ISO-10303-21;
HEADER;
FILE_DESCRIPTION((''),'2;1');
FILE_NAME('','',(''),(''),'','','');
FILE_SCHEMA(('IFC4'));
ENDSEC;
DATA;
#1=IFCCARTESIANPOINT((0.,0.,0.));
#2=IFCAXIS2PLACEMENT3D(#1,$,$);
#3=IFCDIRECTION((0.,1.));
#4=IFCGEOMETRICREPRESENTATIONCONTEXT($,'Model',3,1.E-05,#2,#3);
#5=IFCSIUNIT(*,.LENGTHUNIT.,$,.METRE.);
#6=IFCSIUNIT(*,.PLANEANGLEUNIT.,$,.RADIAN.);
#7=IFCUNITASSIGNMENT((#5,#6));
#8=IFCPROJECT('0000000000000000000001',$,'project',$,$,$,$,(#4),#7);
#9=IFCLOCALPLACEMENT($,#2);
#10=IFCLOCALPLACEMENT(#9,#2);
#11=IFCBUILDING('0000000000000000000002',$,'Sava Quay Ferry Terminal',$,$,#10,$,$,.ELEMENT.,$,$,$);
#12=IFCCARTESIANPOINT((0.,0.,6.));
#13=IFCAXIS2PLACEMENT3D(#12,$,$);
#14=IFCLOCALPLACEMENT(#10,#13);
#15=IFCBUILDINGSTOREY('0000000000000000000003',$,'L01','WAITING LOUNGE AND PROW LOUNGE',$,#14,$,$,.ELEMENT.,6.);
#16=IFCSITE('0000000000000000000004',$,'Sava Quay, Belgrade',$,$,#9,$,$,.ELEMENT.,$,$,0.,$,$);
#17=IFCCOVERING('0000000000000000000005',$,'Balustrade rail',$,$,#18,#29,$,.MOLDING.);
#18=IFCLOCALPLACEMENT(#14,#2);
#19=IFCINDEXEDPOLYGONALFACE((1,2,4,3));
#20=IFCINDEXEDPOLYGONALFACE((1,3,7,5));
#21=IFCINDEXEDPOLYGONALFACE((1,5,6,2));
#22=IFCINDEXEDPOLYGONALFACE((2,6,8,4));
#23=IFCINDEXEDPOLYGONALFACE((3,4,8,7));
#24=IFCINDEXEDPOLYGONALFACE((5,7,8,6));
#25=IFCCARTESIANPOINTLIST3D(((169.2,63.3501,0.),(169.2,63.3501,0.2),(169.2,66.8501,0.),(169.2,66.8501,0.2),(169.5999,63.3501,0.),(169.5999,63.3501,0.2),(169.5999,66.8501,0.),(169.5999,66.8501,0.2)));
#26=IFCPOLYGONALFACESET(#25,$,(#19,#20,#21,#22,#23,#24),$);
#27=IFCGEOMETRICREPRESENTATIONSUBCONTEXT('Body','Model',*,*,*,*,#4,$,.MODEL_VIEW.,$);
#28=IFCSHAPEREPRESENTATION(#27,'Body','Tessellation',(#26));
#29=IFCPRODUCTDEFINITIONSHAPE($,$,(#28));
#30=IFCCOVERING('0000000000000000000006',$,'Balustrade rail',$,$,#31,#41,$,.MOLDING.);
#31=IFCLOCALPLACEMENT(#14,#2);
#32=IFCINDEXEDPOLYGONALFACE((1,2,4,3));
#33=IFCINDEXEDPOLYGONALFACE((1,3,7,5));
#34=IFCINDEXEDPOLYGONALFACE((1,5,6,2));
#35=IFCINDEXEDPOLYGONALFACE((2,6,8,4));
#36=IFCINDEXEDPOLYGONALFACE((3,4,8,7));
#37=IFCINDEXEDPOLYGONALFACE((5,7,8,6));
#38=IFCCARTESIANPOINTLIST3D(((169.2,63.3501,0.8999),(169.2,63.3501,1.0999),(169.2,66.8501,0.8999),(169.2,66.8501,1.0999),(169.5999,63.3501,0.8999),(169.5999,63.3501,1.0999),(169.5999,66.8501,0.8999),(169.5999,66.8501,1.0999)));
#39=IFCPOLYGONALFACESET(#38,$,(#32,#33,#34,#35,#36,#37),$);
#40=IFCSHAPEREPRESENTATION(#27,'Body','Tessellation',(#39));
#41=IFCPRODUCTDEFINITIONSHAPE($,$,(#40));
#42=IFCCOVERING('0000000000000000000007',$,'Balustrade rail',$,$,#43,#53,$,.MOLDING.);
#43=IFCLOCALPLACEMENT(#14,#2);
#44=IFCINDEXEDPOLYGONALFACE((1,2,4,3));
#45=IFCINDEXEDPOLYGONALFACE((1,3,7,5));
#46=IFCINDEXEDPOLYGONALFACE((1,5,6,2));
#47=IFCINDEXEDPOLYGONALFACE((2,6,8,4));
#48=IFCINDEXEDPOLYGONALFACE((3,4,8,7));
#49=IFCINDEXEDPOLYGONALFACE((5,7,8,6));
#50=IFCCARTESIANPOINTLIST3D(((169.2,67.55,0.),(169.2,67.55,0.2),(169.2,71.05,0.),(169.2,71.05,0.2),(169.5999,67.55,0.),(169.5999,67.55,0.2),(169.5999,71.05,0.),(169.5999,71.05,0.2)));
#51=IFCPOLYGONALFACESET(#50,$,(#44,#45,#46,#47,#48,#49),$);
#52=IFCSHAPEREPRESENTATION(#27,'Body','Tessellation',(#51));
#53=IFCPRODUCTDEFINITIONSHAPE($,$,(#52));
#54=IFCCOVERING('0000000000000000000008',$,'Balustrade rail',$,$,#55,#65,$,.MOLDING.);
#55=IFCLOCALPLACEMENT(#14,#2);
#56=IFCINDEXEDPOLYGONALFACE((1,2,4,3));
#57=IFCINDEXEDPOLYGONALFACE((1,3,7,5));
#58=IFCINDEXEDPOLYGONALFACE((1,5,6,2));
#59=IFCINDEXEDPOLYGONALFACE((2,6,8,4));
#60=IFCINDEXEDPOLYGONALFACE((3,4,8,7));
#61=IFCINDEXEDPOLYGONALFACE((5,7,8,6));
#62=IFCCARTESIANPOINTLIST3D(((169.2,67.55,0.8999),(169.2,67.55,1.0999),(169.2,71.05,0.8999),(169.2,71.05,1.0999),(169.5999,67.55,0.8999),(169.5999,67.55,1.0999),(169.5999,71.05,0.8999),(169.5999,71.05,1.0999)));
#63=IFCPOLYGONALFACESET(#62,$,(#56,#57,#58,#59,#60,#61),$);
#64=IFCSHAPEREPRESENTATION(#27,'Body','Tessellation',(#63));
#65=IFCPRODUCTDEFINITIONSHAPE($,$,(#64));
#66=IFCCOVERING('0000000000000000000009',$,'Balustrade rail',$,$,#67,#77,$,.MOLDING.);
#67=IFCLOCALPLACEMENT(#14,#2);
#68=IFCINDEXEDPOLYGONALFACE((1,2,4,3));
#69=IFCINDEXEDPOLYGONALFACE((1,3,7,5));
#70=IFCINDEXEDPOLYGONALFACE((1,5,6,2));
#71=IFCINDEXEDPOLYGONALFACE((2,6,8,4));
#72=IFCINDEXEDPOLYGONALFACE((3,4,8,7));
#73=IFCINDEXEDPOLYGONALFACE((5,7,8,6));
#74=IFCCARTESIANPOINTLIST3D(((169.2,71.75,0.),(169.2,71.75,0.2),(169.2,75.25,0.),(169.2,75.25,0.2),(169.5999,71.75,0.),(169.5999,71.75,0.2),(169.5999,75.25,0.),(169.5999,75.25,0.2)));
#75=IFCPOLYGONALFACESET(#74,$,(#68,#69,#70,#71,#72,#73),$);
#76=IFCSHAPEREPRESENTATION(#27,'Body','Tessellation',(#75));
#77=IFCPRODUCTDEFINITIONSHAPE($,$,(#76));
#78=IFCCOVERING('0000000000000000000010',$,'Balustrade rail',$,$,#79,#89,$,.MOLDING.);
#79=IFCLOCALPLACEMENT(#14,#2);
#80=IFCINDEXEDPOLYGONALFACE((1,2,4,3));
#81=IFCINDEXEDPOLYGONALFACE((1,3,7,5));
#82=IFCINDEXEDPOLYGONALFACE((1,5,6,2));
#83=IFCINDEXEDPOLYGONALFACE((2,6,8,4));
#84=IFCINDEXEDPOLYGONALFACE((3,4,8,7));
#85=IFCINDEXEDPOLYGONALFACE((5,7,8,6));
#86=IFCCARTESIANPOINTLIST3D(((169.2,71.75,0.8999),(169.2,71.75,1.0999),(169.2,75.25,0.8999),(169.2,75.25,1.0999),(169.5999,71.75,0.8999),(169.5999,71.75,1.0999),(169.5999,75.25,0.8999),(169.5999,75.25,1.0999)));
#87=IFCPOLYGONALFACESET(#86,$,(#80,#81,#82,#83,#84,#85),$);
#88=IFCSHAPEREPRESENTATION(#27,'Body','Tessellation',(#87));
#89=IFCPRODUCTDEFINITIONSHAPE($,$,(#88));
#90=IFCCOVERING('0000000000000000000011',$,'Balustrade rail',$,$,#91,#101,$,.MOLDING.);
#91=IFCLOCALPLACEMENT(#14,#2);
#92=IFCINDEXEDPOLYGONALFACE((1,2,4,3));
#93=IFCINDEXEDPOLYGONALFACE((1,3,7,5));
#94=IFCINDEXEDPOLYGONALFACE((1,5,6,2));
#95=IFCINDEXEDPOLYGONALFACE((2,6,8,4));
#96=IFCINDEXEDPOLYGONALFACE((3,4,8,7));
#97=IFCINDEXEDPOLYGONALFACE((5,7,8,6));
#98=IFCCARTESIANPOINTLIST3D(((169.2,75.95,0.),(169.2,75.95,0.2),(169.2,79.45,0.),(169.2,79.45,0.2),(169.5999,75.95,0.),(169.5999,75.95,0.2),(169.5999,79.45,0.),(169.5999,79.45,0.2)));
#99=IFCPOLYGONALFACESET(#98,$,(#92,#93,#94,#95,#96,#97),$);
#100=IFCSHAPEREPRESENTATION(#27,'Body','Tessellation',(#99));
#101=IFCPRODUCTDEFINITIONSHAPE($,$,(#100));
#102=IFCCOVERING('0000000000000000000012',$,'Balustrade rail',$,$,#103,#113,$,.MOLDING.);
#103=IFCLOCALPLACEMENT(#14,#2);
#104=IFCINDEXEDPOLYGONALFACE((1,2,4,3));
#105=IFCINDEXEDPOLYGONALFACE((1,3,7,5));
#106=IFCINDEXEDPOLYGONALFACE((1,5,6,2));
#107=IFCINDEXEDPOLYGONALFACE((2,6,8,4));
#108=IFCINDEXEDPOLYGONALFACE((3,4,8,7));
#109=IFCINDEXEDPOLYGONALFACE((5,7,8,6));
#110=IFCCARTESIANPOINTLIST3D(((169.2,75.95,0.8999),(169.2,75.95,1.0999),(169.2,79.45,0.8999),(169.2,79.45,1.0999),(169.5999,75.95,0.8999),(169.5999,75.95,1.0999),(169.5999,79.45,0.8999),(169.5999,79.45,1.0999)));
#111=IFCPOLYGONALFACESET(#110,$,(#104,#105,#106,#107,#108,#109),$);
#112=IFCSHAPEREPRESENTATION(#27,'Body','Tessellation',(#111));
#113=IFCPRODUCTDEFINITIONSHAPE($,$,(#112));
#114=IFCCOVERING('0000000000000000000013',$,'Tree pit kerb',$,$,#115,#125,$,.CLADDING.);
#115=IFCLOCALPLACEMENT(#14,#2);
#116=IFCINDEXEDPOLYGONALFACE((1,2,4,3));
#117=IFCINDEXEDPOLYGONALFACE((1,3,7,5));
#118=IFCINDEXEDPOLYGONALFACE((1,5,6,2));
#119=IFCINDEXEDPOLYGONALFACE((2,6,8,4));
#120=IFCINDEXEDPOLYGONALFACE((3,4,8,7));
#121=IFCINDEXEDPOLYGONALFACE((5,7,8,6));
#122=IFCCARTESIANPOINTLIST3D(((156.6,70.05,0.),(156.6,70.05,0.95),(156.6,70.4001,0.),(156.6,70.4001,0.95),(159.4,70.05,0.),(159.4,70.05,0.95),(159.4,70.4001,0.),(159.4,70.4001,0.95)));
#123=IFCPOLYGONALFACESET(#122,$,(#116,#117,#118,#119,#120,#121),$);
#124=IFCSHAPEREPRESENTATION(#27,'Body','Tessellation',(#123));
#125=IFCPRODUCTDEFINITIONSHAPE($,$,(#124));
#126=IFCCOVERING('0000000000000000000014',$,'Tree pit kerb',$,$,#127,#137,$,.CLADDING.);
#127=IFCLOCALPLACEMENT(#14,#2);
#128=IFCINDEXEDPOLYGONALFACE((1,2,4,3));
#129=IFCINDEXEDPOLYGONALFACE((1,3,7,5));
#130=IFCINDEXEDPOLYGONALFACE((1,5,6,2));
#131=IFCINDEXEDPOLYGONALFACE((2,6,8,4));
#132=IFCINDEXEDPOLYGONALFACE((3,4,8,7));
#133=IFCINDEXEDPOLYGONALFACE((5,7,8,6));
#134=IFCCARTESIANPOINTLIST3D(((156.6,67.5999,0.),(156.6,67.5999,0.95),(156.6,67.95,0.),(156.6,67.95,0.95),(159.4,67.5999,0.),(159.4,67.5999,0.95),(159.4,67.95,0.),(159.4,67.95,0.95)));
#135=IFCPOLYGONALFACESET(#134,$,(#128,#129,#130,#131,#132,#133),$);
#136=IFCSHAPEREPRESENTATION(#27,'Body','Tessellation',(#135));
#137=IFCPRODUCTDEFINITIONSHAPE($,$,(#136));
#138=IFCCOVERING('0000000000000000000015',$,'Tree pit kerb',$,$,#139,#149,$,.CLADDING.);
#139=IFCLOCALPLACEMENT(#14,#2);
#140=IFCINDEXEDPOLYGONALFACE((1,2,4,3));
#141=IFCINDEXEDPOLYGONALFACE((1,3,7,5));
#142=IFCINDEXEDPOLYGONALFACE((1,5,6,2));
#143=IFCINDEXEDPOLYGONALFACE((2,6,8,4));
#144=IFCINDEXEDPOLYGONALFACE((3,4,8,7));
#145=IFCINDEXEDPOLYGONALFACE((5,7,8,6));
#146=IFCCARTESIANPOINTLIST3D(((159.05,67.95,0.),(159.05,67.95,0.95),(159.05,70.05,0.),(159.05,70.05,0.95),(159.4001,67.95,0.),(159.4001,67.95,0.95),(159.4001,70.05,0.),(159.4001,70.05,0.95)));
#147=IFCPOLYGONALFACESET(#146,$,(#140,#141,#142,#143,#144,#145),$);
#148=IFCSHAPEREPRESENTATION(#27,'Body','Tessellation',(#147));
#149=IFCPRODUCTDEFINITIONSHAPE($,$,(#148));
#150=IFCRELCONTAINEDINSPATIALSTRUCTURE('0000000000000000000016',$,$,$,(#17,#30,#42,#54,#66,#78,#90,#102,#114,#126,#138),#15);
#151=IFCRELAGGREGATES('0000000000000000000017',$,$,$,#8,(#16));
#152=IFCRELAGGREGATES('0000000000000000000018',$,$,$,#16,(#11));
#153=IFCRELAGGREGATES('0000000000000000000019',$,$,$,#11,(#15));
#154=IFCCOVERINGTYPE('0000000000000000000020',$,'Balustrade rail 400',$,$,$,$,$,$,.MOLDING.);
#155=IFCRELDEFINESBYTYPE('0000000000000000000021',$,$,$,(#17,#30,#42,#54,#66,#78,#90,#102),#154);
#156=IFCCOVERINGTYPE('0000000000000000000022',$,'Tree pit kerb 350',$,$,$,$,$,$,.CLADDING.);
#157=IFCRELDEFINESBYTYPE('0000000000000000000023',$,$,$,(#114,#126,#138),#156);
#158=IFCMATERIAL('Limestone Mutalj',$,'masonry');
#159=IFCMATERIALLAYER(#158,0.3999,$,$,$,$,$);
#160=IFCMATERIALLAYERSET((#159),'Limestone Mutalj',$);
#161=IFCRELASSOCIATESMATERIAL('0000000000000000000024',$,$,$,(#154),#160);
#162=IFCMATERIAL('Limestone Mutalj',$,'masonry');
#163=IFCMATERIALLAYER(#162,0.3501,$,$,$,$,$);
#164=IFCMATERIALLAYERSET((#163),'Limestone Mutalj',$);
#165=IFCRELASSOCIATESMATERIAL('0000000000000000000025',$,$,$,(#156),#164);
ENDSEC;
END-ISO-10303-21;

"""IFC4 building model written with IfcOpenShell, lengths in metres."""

from ifc_helpers import new_model, si_unit, direction, frame, origin, origin_2d, place, context, subcontext, project, spatial, rectangle, extrude, material, layer, layer_set, type_object, element, save


model = new_model("IFC4")

# Units and contexts
model_context = context("Model", 3, precision=1e-05, world=origin(), true_north=direction((0.0, 1.0)))
body_context = subcontext(model_context, "Body", "Model", "MODEL_VIEW")
ifc_project = project(units=[si_unit("LENGTHUNIT", "METRE"), si_unit("PLANEANGLEUNIT", "RADIAN")], contexts=[model_context])

# Site, building, storey
site_placement = place(None, origin())
site = spatial("IfcSite", under=ifc_project, at=site_placement, Name="Sava Quay, Belgrade", CompositionType="ELEMENT", RefElevation=0.0)
building_placement = place(site_placement, origin())
building = spatial("IfcBuilding", under=site, at=building_placement, Name="Sava Quay Ferry Terminal", CompositionType="ELEMENT")
storey_placement = place(building_placement, frame((0.0, 0.0, 6.0)))
storey = spatial("IfcBuildingStorey", under=building, at=storey_placement, Name="L01", Description="WAITING LOUNGE AND PROW LOUNGE", CompositionType="ELEMENT", Elevation=6.0)

# Coverings
ifc_material_1 = material(Name="Limestone Mutalj", Category="masonry")
ifc_layer_1 = layer(ifc_material_1, 0.3999)
ifc_layer_set_1 = layer_set([ifc_layer_1], Name="Limestone Mutalj")
covering_type_1 = type_object("IfcCoveringType", Name="Balustrade rail 400", PredefinedType="MOLDING", material=ifc_layer_set_1)
for number, where, z_axis, x_axis, name in (
    (1, (169.3999, 65.1001, 0.0), (0.0, 0.0, 1.0), (1.0, 0.0, 0.0), "Balustrade rail"),
    (2, (169.3999, 65.1001, 0.8999), (0.0, 0.0, 1.0), (1.0, 0.0, 0.0), "Balustrade rail"),
    (3, (169.3999, 69.3, 0.0), (0.0, 0.0, 1.0), (1.0, 0.0, 0.0), "Balustrade rail"),
    (4, (169.3999, 69.3, 0.8999), (0.0, 0.0, 1.0), (1.0, 0.0, 0.0), "Balustrade rail"),
    (5, (169.3999, 73.5, 0.0), (0.0, 0.0, 1.0), (1.0, 0.0, 0.0), "Balustrade rail"),
    (6, (169.3999, 73.5, 0.8999), (0.0, 0.0, 1.0), (1.0, 0.0, 0.0), "Balustrade rail"),
    (7, (169.3999, 77.7, 0.0), (0.0, 0.0, 1.0), (1.0, 0.0, 0.0), "Balustrade rail"),
    (8, (169.3999, 77.7, 0.8999), (0.0, 0.0, 1.0), (1.0, 0.0, 0.0), "Balustrade rail"),
):
    element("IfcCovering", number, at=place(storey_placement, frame(where, z_axis=z_axis, x_axis=x_axis)), inside=storey, type_object=covering_type_1, Name=name, PredefinedType="MOLDING", context=body_context, shape_type="SweptSolid", body=[
        extrude(rectangle(XDim=0.3999, YDim=3.5, at=origin_2d()), origin(), (0.0, 0.0, 1.0), 0.2),
    ])
ifc_material_2 = material(Name="Limestone Mutalj", Category="masonry")
ifc_layer_2 = layer(ifc_material_2, 0.3501)
ifc_layer_set_2 = layer_set([ifc_layer_2], Name="Limestone Mutalj")
covering_type_2 = type_object("IfcCoveringType", Name="Tree pit kerb 350", PredefinedType="CLADDING", material=ifc_layer_set_2)
for number, where, z_axis, x_axis, name in (
    (9, (158.0, 70.2251, 0.0), (0.0, 0.0, 1.0), (1.0, 0.0, 0.0), "Tree pit kerb"),
    (10, (158.0, 67.7749, 0.0), (0.0, 0.0, 1.0), (1.0, 0.0, 0.0), "Tree pit kerb"),
):
    element("IfcCovering", number, at=place(storey_placement, frame(where, z_axis=z_axis, x_axis=x_axis)), inside=storey, type_object=covering_type_2, Name=name, PredefinedType="CLADDING", context=body_context, shape_type="SweptSolid", body=[
        extrude(rectangle(XDim=2.8, YDim=0.3501, at=origin_2d()), origin(), (0.0, 0.0, 1.0), 0.95),
    ])
covering_placement = place(storey_placement, frame((159.2251, 69.0, 0.0), z_axis=(0.0, 0.0, 1.0), x_axis=(1.0, 0.0, 0.0)))
element("IfcCovering", 11, at=covering_placement, inside=storey, type_object=covering_type_2, Name="Tree pit kerb", PredefinedType="CLADDING", context=body_context, shape_type="SweptSolid", body=[
    extrude(rectangle(XDim=0.3501, YDim=2.1001, at=origin_2d()), origin(), (0.0, 0.0, 1.0), 0.95),
])

save(model, "model.ifc")
